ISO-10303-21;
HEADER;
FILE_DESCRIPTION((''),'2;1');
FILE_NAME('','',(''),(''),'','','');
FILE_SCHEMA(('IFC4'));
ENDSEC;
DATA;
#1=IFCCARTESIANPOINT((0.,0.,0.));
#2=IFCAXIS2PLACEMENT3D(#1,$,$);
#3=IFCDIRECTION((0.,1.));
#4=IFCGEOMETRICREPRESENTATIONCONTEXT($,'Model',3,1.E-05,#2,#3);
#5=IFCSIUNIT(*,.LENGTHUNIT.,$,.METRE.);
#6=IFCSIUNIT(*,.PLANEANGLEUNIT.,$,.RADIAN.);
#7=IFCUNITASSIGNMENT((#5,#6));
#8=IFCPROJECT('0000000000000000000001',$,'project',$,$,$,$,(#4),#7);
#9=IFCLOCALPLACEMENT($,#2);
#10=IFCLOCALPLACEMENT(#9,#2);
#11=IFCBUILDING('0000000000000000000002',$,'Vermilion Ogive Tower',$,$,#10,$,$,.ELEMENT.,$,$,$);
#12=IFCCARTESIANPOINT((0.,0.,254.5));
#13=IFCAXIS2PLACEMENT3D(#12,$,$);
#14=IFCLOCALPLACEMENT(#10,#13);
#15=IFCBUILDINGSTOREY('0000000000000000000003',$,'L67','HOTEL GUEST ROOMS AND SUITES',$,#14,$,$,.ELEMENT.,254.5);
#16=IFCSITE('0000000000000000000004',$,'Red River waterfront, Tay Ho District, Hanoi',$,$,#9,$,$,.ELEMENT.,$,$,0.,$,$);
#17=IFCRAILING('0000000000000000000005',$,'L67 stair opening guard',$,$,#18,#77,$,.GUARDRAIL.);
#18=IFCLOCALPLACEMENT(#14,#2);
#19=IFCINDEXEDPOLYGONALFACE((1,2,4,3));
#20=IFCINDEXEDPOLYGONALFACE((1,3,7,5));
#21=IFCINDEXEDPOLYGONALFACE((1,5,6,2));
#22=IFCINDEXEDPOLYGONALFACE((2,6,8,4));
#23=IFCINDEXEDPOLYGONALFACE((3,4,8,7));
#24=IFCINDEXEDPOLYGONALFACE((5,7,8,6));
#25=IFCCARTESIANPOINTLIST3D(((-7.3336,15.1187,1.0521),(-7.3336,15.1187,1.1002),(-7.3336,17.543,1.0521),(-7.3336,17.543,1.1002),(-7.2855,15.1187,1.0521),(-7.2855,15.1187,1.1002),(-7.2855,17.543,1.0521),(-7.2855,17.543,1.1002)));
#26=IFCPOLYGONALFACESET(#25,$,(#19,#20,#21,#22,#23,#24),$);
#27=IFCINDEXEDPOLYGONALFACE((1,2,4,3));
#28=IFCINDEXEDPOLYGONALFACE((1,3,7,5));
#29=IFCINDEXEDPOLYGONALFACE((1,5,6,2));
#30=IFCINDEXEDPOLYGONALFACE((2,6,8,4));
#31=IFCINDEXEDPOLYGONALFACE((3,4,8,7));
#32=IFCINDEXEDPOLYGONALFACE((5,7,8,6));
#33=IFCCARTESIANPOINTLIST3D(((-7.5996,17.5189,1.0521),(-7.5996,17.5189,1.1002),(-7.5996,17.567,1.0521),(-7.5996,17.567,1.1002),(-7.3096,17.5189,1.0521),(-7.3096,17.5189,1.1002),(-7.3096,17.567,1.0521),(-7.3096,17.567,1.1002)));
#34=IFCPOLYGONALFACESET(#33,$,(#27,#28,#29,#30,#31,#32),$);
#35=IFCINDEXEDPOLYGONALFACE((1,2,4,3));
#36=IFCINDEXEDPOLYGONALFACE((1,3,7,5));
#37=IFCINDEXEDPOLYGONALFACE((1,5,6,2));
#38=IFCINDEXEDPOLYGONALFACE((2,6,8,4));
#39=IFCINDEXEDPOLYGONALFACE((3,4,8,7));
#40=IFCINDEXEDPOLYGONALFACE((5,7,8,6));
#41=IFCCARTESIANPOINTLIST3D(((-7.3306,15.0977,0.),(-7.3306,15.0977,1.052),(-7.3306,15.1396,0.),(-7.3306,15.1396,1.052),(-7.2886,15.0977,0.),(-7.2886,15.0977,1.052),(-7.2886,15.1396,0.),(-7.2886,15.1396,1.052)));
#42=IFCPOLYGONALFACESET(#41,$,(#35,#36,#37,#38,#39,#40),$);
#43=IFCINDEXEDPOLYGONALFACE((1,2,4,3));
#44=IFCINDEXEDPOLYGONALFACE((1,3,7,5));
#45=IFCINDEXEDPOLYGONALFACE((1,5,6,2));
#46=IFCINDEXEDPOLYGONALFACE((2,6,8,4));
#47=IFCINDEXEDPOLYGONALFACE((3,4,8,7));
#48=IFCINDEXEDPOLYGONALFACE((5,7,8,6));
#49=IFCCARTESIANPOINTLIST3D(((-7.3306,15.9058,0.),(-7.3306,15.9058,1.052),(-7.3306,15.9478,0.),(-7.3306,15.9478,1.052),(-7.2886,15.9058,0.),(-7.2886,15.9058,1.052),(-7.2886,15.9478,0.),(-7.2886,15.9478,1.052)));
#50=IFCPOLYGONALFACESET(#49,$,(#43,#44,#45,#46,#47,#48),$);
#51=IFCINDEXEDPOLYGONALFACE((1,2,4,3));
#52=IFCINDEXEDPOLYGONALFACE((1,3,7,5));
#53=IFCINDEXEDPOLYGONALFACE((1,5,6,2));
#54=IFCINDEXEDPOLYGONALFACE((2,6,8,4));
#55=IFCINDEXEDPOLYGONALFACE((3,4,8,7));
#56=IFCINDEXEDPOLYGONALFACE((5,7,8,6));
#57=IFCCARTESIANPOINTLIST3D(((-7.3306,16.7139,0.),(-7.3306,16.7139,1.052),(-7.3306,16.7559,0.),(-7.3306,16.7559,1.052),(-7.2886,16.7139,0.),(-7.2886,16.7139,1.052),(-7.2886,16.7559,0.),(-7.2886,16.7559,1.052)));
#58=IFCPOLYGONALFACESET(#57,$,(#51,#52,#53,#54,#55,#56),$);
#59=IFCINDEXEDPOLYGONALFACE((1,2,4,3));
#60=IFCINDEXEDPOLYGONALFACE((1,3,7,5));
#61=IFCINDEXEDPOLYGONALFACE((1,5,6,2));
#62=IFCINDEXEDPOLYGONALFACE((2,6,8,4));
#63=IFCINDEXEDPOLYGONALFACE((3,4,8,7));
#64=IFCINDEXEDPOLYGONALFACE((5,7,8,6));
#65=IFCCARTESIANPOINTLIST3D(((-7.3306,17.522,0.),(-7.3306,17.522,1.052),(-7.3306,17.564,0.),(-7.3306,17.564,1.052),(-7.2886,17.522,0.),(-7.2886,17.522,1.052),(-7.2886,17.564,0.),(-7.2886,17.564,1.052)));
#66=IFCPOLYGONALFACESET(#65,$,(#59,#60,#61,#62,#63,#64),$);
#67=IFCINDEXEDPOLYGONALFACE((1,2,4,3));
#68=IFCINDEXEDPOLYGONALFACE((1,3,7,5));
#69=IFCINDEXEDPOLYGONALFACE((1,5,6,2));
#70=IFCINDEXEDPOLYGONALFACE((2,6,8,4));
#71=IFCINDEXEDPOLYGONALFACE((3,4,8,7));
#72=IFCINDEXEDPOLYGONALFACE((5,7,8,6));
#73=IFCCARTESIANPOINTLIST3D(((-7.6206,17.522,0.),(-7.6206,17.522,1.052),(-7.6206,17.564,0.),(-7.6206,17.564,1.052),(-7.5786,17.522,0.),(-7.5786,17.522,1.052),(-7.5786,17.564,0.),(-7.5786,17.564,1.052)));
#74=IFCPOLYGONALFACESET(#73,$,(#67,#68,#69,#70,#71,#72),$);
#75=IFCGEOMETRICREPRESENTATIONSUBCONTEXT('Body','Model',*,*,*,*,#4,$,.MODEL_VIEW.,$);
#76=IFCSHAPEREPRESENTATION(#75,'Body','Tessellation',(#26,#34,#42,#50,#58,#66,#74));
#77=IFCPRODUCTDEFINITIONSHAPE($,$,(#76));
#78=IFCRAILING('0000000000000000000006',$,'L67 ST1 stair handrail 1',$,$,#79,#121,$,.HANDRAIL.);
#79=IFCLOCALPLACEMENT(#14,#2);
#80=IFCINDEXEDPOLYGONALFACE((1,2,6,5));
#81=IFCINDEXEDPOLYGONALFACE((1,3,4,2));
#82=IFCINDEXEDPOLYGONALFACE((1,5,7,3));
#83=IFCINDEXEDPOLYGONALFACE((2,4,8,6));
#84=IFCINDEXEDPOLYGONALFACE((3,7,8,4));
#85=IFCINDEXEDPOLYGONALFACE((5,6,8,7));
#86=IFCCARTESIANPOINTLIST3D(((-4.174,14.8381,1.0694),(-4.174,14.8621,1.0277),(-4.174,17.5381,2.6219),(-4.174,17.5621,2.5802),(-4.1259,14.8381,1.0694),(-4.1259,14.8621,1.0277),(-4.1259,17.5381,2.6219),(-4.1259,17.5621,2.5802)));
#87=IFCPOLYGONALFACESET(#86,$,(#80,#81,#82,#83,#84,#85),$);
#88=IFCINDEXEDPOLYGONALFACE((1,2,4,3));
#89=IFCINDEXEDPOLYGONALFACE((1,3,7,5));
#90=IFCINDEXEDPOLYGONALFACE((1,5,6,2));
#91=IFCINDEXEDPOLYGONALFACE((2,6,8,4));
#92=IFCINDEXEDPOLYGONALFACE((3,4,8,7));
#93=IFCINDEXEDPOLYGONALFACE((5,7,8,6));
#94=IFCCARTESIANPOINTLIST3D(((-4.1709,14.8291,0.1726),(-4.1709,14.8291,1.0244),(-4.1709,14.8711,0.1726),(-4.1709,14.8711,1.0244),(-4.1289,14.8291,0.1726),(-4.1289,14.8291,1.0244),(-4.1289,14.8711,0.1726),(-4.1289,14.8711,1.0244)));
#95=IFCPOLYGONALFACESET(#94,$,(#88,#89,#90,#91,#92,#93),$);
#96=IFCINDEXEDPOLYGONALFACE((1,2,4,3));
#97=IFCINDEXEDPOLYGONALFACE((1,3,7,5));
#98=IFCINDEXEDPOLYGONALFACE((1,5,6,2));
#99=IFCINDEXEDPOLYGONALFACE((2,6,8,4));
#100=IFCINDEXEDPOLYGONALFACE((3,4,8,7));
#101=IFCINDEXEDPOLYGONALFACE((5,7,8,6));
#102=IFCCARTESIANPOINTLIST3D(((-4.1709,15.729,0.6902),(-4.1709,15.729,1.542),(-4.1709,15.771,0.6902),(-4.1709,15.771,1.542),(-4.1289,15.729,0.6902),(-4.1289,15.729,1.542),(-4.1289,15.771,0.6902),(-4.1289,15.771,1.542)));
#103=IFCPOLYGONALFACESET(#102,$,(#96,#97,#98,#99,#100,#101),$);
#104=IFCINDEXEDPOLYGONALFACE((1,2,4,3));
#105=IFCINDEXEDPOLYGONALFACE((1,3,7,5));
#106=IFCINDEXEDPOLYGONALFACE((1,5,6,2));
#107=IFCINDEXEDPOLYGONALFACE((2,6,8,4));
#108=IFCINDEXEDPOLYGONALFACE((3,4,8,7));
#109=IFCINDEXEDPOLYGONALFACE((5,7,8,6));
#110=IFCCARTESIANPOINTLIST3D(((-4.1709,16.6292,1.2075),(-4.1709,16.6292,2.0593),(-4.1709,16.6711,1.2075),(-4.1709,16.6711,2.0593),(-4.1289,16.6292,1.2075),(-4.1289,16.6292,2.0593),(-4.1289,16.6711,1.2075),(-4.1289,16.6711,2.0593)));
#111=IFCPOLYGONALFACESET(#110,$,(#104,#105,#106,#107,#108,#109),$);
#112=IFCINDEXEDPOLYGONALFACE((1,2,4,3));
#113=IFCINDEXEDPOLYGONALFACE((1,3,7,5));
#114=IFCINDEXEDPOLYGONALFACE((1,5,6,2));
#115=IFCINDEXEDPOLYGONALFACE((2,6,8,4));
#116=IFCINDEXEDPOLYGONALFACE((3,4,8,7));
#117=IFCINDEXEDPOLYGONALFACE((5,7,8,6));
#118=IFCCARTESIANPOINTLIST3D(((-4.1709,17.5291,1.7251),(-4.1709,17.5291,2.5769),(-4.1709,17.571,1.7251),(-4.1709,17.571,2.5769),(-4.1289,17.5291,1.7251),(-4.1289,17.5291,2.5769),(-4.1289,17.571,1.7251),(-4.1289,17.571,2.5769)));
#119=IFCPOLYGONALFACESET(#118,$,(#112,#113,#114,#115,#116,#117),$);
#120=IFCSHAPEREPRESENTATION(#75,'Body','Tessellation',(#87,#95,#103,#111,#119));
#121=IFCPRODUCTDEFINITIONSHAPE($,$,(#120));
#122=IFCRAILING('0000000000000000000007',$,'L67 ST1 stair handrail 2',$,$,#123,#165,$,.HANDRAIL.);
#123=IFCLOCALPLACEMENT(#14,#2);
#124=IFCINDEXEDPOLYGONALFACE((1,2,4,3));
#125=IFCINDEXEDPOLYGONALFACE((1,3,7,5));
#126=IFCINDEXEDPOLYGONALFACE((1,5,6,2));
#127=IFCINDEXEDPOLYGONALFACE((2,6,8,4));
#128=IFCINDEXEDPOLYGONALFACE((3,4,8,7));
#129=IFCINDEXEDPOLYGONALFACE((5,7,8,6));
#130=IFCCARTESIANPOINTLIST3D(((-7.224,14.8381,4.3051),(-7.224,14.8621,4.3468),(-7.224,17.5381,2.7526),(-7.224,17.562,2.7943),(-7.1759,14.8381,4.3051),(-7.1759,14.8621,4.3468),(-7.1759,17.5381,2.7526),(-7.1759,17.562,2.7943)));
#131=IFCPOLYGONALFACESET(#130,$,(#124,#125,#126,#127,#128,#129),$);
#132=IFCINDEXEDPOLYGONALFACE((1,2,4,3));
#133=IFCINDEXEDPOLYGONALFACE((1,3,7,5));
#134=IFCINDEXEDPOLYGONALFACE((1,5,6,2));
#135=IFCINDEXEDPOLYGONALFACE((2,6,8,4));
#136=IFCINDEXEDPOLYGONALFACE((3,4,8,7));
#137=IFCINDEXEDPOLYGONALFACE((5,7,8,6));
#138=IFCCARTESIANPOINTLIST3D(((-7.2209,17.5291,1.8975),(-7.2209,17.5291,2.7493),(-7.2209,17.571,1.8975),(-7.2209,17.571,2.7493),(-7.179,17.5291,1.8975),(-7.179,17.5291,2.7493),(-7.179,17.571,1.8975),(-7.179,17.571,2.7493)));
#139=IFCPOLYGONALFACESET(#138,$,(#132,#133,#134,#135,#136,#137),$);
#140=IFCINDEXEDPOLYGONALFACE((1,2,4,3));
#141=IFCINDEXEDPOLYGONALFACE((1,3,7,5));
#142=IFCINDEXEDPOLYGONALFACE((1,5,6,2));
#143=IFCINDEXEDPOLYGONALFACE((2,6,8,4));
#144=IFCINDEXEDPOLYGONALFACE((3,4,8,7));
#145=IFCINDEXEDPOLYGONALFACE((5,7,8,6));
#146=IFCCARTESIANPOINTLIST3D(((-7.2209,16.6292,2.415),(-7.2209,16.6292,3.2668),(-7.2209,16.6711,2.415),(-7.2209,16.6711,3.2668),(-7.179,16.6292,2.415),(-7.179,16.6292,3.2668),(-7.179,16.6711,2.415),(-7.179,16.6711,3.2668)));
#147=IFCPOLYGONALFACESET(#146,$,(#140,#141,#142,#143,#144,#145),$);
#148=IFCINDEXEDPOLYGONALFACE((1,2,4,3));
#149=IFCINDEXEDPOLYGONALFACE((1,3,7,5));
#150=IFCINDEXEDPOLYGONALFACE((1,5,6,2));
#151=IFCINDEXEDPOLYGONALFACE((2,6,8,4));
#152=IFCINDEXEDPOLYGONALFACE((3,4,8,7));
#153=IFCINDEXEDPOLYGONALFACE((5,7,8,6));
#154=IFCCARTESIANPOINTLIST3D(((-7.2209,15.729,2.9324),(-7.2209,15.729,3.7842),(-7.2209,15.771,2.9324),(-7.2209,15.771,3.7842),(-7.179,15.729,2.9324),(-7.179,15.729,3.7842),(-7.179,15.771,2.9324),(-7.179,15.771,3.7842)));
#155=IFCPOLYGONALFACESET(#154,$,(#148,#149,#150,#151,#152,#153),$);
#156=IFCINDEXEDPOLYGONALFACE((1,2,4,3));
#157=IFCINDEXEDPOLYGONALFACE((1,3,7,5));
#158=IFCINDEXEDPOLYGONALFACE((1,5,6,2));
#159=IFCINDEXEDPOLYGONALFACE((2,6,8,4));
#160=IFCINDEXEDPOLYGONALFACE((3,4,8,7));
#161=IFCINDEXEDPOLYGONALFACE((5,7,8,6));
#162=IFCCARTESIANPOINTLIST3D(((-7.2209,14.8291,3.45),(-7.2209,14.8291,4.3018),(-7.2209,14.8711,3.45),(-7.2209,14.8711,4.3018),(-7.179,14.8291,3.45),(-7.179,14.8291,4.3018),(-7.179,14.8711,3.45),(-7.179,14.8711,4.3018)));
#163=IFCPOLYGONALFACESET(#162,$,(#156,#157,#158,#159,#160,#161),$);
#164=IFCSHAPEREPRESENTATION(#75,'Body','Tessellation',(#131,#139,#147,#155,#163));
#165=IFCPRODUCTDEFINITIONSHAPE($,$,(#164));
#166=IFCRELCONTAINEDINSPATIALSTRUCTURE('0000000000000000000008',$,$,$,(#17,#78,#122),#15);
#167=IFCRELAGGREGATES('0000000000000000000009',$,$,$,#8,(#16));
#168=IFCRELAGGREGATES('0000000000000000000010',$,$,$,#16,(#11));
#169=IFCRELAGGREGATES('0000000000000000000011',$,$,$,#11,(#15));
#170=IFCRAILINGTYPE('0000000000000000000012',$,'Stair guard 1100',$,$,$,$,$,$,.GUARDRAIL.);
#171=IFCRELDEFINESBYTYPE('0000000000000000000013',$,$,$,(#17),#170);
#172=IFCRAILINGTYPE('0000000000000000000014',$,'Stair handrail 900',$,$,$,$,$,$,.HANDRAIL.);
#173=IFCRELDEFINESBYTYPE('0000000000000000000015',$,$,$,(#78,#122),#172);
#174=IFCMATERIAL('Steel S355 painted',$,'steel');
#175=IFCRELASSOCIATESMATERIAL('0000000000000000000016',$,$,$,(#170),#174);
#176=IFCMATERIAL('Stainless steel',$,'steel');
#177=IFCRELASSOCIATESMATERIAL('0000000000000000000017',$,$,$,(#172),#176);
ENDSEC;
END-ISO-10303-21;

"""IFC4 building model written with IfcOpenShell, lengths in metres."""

from ifc_helpers import new_model, si_unit, direction, frame, origin, origin_2d, place, context, subcontext, project, spatial, rectangle, extrude, material, type_object, element, save


model = new_model("IFC4")

# Units and contexts
model_context = context("Model", 3, precision=1e-05, world=origin(), true_north=direction((0.0, 1.0)))
body_context = subcontext(model_context, "Body", "Model", "MODEL_VIEW")
ifc_project = project(units=[si_unit("LENGTHUNIT", "METRE"), si_unit("PLANEANGLEUNIT", "RADIAN")], contexts=[model_context])

# Site, building, storey
site_placement = place(None, origin())
site = spatial("IfcSite", under=ifc_project, at=site_placement, Name="Red River waterfront, Tay Ho District, Hanoi", CompositionType="ELEMENT", RefElevation=0.0)
building_placement = place(site_placement, origin())
building = spatial("IfcBuilding", under=site, at=building_placement, Name="Vermilion Ogive Tower", CompositionType="ELEMENT")
storey_placement = place(building_placement, frame((0.0, 0.0, 254.5)))
storey = spatial("IfcBuildingStorey", under=building, at=storey_placement, Name="L67", Description="HOTEL GUEST ROOMS AND SUITES", CompositionType="ELEMENT", Elevation=254.5)

# Railings
ifc_material_1 = material(Name="Steel S355 painted", Category="steel")
railing_type_1 = type_object("IfcRailingType", Name="Stair guard 1100", PredefinedType="GUARDRAIL", material=ifc_material_1)
railing_1_placement = place(storey_placement, frame((-7.3096, 15.1187, 0.0)))
element("IfcRailing", 1, at=railing_1_placement, inside=storey, type_object=railing_type_1, Name="L67 stair opening guard", PredefinedType="GUARDRAIL", context=body_context, shape_type="SweptSolid", body=[
    extrude(rectangle(XDim=0.0481, YDim=0.0481, at=origin_2d()), frame((0.0, 0.0, 1.0762), z_axis=(0.0, 1.0, 0.0), x_axis=(-1.0, 0.0, 0.0)), (0.0, 0.0, 1.0), 2.4243),
    extrude(rectangle(XDim=0.0481, YDim=0.0481, at=origin_2d()), frame((0.0, 2.4243, 1.0762), z_axis=(-1.0, 0.0, 0.0), x_axis=(0.0, -1.0, 0.0)), (0.0, 0.0, 1.0), 0.29),
    extrude(rectangle(XDim=0.042, YDim=0.042, at=origin_2d()), origin(), (0.0, 0.0, 1.0), 1.052),
    extrude(rectangle(XDim=0.042, YDim=0.042, at=origin_2d()), frame((0.0, 0.8081, 0.0)), (0.0, 0.0, 1.0), 1.052),
    extrude(rectangle(XDim=0.042, YDim=0.042, at=origin_2d()), frame((0.0, 1.6162, 0.0)), (0.0, 0.0, 1.0), 1.052),
    extrude(rectangle(XDim=0.042, YDim=0.042, at=origin_2d()), frame((0.0, 2.4243, 0.0)), (0.0, 0.0, 1.0), 1.052),
    extrude(rectangle(XDim=0.042, YDim=0.042, at=origin_2d()), frame((-0.29, 2.4243, 0.0)), (0.0, 0.0, 1.0), 1.052),
])
ifc_material_2 = material(Name="Stainless steel", Category="steel")
railing_type_2 = type_object("IfcRailingType", Name="Stair handrail 900", PredefinedType="HANDRAIL", material=ifc_material_2)
railing_2_placement = place(storey_placement, frame((-4.1499, 14.8501, 0.1726)))
element("IfcRailing", 2, at=railing_2_placement, inside=storey, type_object=railing_type_2, Name="L67 ST1 stair handrail 1", PredefinedType="HANDRAIL", context=body_context, shape_type="SweptSolid", body=[
    extrude(rectangle(XDim=0.0481, YDim=0.0481, at=origin_2d()), frame((0.0, 0.0, 0.876), z_axis=(0.0, 0.866904, 0.498476), x_axis=(-1.0, 0.0, 0.0)), (0.0, 0.0, 1.0), 3.1145),
    extrude(rectangle(XDim=0.042, YDim=0.042, at=origin_2d()), origin(), (0.0, 0.0, 1.0), 0.8518),
    extrude(rectangle(XDim=0.042, YDim=0.042, at=origin_2d()), frame((0.0, 0.8999, 0.5176)), (0.0, 0.0, 1.0), 0.8518),
    extrude(rectangle(XDim=0.042, YDim=0.042, at=origin_2d()), frame((0.0, 1.8, 1.0349)), (0.0, 0.0, 1.0), 0.8518),
    extrude(rectangle(XDim=0.042, YDim=0.042, at=origin_2d()), frame((0.0, 2.7, 1.5525)), (0.0, 0.0, 1.0), 0.8518),
])
railing_3_placement = place(storey_placement, frame((-7.2, 17.55, 1.8975)))
element("IfcRailing", 3, at=railing_3_placement, inside=storey, type_object=railing_type_2, Name="L67 ST1 stair handrail 2", PredefinedType="HANDRAIL", context=body_context, shape_type="SweptSolid", body=[
    extrude(rectangle(XDim=0.0481, YDim=0.0481, at=origin_2d()), frame((0.0, 0.0, 0.876), z_axis=(0.0, -0.866904, 0.498476), x_axis=(1.0, 0.0, 0.0)), (0.0, 0.0, 1.0), 3.1145),
    extrude(rectangle(XDim=0.042, YDim=0.042, at=origin_2d()), origin(), (0.0, 0.0, 1.0), 0.8518),
    extrude(rectangle(XDim=0.042, YDim=0.042, at=origin_2d()), frame((0.0, -0.8999, 0.5176)), (0.0, 0.0, 1.0), 0.8518),
    extrude(rectangle(XDim=0.042, YDim=0.042, at=origin_2d()), frame((0.0, -1.8, 1.0349)), (0.0, 0.0, 1.0), 0.8518),
    extrude(rectangle(XDim=0.042, YDim=0.042, at=origin_2d()), frame((0.0, -2.7, 1.5525)), (0.0, 0.0, 1.0), 0.8518),
])

save(model, "model.ifc")
